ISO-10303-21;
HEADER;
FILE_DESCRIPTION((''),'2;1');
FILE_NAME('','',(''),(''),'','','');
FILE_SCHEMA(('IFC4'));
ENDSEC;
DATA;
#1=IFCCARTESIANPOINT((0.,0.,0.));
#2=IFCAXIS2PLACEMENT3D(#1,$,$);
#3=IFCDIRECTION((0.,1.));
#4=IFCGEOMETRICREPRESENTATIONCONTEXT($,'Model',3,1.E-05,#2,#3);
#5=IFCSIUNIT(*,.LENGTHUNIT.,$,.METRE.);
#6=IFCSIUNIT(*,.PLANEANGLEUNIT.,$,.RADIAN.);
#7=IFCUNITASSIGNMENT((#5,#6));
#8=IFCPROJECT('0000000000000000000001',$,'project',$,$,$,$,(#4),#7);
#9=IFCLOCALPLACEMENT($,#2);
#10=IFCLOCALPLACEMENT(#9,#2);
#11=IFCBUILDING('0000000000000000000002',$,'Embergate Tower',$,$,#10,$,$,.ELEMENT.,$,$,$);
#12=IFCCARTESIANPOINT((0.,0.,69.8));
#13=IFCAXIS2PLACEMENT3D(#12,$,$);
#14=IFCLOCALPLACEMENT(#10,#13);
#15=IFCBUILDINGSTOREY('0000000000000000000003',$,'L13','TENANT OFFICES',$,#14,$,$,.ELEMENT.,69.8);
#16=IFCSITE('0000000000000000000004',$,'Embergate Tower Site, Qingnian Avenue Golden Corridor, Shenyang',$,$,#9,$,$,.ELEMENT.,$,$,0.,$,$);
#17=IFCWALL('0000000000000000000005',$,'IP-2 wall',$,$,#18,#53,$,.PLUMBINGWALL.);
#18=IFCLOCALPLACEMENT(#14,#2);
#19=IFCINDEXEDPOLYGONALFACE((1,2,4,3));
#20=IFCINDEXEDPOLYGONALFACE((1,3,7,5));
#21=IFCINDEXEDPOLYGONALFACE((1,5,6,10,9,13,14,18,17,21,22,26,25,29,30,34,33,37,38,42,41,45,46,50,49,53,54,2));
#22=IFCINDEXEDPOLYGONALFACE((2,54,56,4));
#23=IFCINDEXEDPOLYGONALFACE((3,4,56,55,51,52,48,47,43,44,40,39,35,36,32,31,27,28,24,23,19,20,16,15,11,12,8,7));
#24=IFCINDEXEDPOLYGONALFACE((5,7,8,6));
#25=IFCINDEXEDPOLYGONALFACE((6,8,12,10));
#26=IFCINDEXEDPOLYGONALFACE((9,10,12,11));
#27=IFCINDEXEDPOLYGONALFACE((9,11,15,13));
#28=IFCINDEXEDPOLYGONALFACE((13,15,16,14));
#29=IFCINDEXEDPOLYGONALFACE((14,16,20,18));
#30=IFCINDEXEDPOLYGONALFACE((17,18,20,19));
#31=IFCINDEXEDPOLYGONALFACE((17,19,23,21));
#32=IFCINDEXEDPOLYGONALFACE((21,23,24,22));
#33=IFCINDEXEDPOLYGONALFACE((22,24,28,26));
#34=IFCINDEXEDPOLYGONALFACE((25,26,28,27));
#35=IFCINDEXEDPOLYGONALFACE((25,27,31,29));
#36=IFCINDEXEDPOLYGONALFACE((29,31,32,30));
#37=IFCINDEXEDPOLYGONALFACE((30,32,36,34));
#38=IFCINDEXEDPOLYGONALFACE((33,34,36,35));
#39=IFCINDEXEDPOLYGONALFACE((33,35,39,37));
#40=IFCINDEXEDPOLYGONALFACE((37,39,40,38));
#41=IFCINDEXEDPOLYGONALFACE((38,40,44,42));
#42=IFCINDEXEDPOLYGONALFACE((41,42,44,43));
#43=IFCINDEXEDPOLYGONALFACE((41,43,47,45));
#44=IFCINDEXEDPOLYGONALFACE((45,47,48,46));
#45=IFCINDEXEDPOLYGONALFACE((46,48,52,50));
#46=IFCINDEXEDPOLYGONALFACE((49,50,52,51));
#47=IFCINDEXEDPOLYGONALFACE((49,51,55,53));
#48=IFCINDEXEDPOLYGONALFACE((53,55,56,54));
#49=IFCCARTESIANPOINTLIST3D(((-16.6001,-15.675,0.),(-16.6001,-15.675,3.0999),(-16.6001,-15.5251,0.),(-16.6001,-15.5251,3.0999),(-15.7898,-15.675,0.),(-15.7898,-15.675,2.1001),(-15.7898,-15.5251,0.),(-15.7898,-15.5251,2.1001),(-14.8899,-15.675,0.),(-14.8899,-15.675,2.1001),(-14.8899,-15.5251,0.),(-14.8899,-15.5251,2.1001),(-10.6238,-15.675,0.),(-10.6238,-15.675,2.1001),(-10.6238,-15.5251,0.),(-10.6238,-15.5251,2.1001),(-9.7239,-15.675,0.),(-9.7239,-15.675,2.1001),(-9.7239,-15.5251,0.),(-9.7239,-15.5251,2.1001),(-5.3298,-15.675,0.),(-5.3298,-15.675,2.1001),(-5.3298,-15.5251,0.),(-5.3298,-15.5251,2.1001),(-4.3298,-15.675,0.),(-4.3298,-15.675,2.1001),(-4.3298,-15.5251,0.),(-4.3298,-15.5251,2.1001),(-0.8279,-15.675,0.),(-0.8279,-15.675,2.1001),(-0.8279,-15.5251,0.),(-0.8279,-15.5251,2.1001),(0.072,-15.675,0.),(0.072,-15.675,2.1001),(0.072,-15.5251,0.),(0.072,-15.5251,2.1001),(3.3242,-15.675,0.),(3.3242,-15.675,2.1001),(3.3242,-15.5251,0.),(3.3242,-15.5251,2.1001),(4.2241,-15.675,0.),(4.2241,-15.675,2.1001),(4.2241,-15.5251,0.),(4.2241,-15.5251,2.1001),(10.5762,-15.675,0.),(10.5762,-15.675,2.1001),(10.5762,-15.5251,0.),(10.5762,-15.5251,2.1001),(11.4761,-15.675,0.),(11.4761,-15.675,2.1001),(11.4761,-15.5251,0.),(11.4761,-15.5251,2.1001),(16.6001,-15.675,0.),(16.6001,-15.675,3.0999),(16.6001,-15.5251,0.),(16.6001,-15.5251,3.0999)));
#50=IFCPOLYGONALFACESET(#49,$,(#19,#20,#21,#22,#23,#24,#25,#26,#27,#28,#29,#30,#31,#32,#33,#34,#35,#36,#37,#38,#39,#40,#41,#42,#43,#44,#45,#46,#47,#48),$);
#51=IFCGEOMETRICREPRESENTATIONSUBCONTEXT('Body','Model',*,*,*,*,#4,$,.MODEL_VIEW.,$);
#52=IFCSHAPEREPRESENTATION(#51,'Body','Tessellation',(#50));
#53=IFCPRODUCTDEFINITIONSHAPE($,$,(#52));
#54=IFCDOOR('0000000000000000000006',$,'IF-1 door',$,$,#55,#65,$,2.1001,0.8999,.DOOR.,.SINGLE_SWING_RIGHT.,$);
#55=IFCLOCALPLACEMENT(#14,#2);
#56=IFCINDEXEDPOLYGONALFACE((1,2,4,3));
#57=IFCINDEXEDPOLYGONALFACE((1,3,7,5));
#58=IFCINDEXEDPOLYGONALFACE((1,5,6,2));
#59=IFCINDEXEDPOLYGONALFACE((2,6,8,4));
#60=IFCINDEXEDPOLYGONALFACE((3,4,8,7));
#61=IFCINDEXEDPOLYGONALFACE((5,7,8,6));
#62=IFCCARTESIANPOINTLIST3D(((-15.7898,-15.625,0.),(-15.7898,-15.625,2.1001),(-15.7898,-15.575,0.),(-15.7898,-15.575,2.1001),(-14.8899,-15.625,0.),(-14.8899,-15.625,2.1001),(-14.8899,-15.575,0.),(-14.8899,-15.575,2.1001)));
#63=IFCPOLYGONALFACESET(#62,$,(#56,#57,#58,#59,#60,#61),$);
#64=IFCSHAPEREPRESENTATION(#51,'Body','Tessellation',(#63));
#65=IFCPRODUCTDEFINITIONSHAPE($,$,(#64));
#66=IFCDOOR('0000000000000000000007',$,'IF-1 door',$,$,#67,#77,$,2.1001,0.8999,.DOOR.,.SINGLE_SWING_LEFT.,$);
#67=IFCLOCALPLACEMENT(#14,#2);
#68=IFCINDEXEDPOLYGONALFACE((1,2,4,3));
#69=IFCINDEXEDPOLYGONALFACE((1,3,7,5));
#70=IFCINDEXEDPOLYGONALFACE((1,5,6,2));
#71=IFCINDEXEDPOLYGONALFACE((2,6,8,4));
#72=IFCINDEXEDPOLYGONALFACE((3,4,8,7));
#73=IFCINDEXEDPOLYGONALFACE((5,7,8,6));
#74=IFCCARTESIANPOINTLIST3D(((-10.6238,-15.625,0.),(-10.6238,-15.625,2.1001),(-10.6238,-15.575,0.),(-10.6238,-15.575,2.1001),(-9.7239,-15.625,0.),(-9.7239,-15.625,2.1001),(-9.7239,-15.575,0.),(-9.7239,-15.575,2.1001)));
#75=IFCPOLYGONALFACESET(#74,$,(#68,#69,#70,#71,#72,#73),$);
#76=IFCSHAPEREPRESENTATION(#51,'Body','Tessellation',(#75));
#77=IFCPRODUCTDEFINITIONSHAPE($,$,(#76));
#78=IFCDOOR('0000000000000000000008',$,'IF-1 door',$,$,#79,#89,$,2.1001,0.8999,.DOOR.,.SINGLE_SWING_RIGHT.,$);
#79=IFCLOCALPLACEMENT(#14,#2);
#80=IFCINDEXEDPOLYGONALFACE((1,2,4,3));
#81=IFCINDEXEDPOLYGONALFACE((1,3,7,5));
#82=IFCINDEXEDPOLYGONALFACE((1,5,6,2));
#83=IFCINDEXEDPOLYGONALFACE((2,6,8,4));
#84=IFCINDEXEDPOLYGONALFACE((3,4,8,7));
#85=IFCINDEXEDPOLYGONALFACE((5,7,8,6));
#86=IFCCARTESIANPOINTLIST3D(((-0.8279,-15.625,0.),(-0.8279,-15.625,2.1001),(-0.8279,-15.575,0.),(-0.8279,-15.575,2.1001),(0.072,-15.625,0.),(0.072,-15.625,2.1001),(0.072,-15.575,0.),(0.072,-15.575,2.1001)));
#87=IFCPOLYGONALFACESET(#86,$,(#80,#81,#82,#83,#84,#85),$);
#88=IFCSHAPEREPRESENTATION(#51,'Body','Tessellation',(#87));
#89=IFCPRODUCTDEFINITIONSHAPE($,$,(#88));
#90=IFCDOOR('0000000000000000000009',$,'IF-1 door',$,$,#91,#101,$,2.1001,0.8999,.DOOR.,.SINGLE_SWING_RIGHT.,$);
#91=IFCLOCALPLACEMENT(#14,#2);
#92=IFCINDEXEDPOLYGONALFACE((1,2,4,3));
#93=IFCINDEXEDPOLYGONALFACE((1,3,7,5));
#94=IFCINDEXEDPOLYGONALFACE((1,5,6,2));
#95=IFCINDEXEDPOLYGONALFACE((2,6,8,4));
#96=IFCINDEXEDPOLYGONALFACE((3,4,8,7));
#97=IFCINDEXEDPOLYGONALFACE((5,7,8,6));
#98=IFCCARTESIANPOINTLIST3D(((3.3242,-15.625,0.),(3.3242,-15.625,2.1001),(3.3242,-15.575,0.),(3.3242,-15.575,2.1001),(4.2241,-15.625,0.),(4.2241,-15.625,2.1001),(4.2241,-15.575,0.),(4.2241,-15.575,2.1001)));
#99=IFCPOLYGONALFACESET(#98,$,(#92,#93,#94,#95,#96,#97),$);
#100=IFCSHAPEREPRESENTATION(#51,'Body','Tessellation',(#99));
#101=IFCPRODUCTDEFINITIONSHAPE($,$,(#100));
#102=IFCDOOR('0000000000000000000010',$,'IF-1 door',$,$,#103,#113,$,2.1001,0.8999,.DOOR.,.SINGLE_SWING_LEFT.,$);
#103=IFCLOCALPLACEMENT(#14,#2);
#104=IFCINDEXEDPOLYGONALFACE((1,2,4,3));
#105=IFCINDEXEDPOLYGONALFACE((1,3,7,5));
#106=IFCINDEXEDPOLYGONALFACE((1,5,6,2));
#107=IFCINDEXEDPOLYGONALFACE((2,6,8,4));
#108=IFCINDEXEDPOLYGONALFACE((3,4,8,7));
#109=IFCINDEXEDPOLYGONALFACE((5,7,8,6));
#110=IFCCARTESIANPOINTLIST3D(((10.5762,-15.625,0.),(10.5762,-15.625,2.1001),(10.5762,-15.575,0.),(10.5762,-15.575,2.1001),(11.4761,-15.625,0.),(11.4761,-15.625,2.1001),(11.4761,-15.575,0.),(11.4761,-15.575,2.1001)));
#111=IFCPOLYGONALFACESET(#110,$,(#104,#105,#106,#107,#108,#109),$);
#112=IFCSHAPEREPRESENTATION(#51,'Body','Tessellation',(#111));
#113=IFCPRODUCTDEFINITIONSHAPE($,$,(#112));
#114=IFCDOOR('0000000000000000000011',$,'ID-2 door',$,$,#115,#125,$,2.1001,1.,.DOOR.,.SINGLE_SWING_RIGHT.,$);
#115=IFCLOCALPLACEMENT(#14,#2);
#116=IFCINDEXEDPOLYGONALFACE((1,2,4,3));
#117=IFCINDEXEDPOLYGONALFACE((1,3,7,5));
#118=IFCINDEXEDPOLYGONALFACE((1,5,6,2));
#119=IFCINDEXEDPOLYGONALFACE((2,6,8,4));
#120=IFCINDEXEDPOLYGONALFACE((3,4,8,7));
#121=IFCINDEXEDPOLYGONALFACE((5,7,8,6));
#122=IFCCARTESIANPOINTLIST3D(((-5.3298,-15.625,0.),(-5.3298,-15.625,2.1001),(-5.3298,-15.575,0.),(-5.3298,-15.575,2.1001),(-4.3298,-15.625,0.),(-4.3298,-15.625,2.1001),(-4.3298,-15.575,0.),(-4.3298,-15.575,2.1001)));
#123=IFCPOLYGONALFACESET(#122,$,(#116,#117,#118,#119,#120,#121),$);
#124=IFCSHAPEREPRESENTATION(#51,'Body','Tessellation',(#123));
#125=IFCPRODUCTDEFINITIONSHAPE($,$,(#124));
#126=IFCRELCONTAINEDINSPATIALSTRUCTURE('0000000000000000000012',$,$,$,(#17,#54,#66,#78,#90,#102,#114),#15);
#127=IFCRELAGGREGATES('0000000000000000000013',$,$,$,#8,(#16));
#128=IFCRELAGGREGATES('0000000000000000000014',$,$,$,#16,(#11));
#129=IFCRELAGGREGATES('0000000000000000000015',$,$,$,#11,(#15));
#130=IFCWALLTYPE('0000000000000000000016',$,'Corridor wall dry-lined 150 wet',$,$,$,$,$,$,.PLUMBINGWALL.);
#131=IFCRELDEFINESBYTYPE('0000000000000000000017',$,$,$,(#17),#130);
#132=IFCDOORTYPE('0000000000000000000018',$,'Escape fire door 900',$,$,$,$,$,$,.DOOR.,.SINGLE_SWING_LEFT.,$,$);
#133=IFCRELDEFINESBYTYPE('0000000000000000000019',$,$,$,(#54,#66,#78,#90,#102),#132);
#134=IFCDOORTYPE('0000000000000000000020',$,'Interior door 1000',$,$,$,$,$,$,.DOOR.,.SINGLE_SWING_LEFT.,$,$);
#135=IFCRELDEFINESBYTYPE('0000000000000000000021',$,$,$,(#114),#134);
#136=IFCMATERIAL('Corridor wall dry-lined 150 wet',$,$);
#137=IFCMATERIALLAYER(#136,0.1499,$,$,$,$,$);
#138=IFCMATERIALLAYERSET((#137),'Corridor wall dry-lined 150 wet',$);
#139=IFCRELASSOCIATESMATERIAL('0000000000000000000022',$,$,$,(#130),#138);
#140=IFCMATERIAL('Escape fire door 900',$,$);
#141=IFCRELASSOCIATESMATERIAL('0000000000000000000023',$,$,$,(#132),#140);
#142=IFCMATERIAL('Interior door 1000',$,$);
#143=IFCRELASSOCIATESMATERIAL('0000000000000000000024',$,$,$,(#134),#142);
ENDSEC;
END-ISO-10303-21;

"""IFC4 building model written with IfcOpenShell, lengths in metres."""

from ifc_helpers import new_model, si_unit, direction, frame, frame_2d, origin, place, context, subcontext, project, spatial, rectangle, extrude, source, transform, mapped, material, layer, layer_set, type_object, element, fill, save


model = new_model("IFC4")

# Units and contexts
model_context = context("Model", 3, precision=1e-05, world=origin(), true_north=direction((0.0, 1.0)))
body_context = subcontext(model_context, "Body", "Model", "MODEL_VIEW")
ifc_project = project(units=[si_unit("LENGTHUNIT", "METRE"), si_unit("PLANEANGLEUNIT", "RADIAN")], contexts=[model_context])

# Site, building, storey
site_placement = place(None, origin())
site = spatial("IfcSite", under=ifc_project, at=site_placement, Name="Embergate Tower Site, Qingnian Avenue Golden Corridor, Shenyang", CompositionType="ELEMENT", RefElevation=0.0)
building_placement = place(site_placement, origin())
building = spatial("IfcBuilding", under=site, at=building_placement, Name="Embergate Tower", CompositionType="ELEMENT")
storey_placement = place(building_placement, frame((0.0, 0.0, 69.8)))
storey = spatial("IfcBuildingStorey", under=building, at=storey_placement, Name="L13", Description="TENANT OFFICES", CompositionType="ELEMENT", Elevation=69.8)

# Wall, openings, doors
ifc_material_1 = material(Name="Corridor wall dry-lined 150 wet")
ifc_layer_1 = layer(ifc_material_1, 0.1499)
ifc_layer_set_1 = layer_set([ifc_layer_1], Name="Corridor wall dry-lined 150 wet")
wall_type_1 = type_object("IfcWallType", Name="Corridor wall dry-lined 150 wet", PredefinedType="PLUMBINGWALL", material=ifc_layer_set_1)
shared_shape_1 = source(origin(), body_context, "Body", "SweptSolid", [
    extrude(rectangle(XDim=33.2002, YDim=0.1499, at=frame_2d((16.6001, 0.0))), origin(), (0.0, 0.0, 1.0), 3.0999),
])
wall_1_placement = place(storey_placement, frame((16.6001, -15.6001, 0.0), z_axis=(0.0, 0.0, 1.0), x_axis=(-1.0, 0.0, 0.0)))
wall_1 = element("IfcWall", 1, at=wall_1_placement, inside=storey, type_object=wall_type_1, Name="IP-2 wall", PredefinedType="PLUMBINGWALL", context=body_context, shape_type="MappedRepresentation", body=[
    mapped(shared_shape_1, transform((0.0, 0.0, 0.0))),
])
shared_shape_2 = source(origin(), body_context, "Body", "SweptSolid", [
    extrude(rectangle(XDim=0.8999, YDim=2.1001, at=frame_2d((0.45, 1.05))), frame((0.0, 0.085, 0.0), z_axis=(0.0, -1.0, 0.0), x_axis=(1.0, 0.0, 0.0)), (0.0, 0.0, 1.0), 0.1699),
])
opening_1_placement = place(wall_1_placement, frame((31.49, 0.0, 0.0)))
opening_1 = element("IfcOpeningElement", 2, at=opening_1_placement, cuts=wall_1, PredefinedType="OPENING", context=body_context, shape_type="MappedRepresentation", body=[
    mapped(shared_shape_2, transform((0.0, 0.0, 0.0))),
])
opening_2_placement = place(wall_1_placement, frame((26.324, 0.0, 0.0)))
opening_2 = element("IfcOpeningElement", 3, at=opening_2_placement, cuts=wall_1, PredefinedType="OPENING", context=body_context, shape_type="MappedRepresentation", body=[
    mapped(shared_shape_2, transform((0.0, 0.0, 0.0))),
])
shared_shape_3 = source(origin(), body_context, "Body", "SweptSolid", [
    extrude(rectangle(XDim=1.0, YDim=2.1001, at=frame_2d((0.5, 1.05))), frame((0.0, 0.085, 0.0), z_axis=(0.0, -1.0, 0.0), x_axis=(1.0, 0.0, 0.0)), (0.0, 0.0, 1.0), 0.1699),
])
opening_3_placement = place(wall_1_placement, frame((20.9299, 0.0, 0.0)))
opening_3 = element("IfcOpeningElement", 4, at=opening_3_placement, cuts=wall_1, PredefinedType="OPENING", context=body_context, shape_type="MappedRepresentation", body=[
    mapped(shared_shape_3, transform((0.0, 0.0, 0.0))),
])
opening_4_placement = place(wall_1_placement, frame((16.5281, 0.0, 0.0)))
opening_4 = element("IfcOpeningElement", 5, at=opening_4_placement, cuts=wall_1, PredefinedType="OPENING", context=body_context, shape_type="MappedRepresentation", body=[
    mapped(shared_shape_2, transform((0.0, 0.0, 0.0))),
])
opening_5_placement = place(wall_1_placement, frame((12.376, 0.0, 0.0)))
opening_5 = element("IfcOpeningElement", 6, at=opening_5_placement, cuts=wall_1, PredefinedType="OPENING", context=body_context, shape_type="MappedRepresentation", body=[
    mapped(shared_shape_2, transform((0.0, 0.0, 0.0))),
])
opening_6_placement = place(wall_1_placement, frame((5.124, 0.0, 0.0)))
opening_6 = element("IfcOpeningElement", 7, at=opening_6_placement, cuts=wall_1, PredefinedType="OPENING", context=body_context, shape_type="MappedRepresentation", body=[
    mapped(shared_shape_2, transform((0.0, 0.0, 0.0))),
])
ifc_material_2 = material(Name="Escape fire door 900")
door_type_1 = type_object("IfcDoorType", Name="Escape fire door 900", OperationType="SINGLE_SWING_LEFT", PredefinedType="DOOR", material=ifc_material_2)
shared_shape_4 = source(origin(), body_context, "Body", "SweptSolid", [
    extrude(rectangle(XDim=0.8999, YDim=2.1001, at=frame_2d((0.45, 1.05))), frame((0.0, 0.0249, 0.0), z_axis=(0.0, -1.0, 0.0), x_axis=(1.0, 0.0, 0.0)), (0.0, 0.0, 1.0), 0.05),
])
door_1_placement = place(opening_1_placement, origin())
door_1 = element("IfcDoor", 8, at=door_1_placement, inside=storey, type_object=door_type_1, Name="IF-1 door", OperationType="SINGLE_SWING_RIGHT", OverallHeight=2.1001, OverallWidth=0.8999, PredefinedType="DOOR", context=body_context, shape_type="MappedRepresentation", body=[
    mapped(shared_shape_4, transform((0.0, 0.0, 0.0))),
])
fill(opening_1, door_1)
door_2_placement = place(opening_2_placement, origin())
door_2 = element("IfcDoor", 9, at=door_2_placement, inside=storey, type_object=door_type_1, Name="IF-1 door", OperationType="SINGLE_SWING_LEFT", OverallHeight=2.1001, OverallWidth=0.8999, PredefinedType="DOOR", context=body_context, shape_type="MappedRepresentation", body=[
    mapped(shared_shape_4, transform((0.0, 0.0, 0.0))),
])
fill(opening_2, door_2)
door_3_placement = place(opening_4_placement, origin())
door_3 = element("IfcDoor", 10, at=door_3_placement, inside=storey, type_object=door_type_1, Name="IF-1 door", OperationType="SINGLE_SWING_RIGHT", OverallHeight=2.1001, OverallWidth=0.8999, PredefinedType="DOOR", context=body_context, shape_type="MappedRepresentation", body=[
    mapped(shared_shape_4, transform((0.0, 0.0, 0.0))),
])
fill(opening_4, door_3)
door_4_placement = place(opening_5_placement, origin())
door_4 = element("IfcDoor", 11, at=door_4_placement, inside=storey, type_object=door_type_1, Name="IF-1 door", OperationType="SINGLE_SWING_RIGHT", OverallHeight=2.1001, OverallWidth=0.8999, PredefinedType="DOOR", context=body_context, shape_type="MappedRepresentation", body=[
    mapped(shared_shape_4, transform((0.0, 0.0, 0.0))),
])
fill(opening_5, door_4)
door_5_placement = place(opening_6_placement, origin())
door_5 = element("IfcDoor", 12, at=door_5_placement, inside=storey, type_object=door_type_1, Name="IF-1 door", OperationType="SINGLE_SWING_LEFT", OverallHeight=2.1001, OverallWidth=0.8999, PredefinedType="DOOR", context=body_context, shape_type="MappedRepresentation", body=[
    mapped(shared_shape_4, transform((0.0, 0.0, 0.0))),
])
fill(opening_6, door_5)
ifc_material_3 = material(Name="Interior door 1000")
door_type_2 = type_object("IfcDoorType", Name="Interior door 1000", OperationType="SINGLE_SWING_LEFT", PredefinedType="DOOR", material=ifc_material_3)
shared_shape_5 = source(origin(), body_context, "Body", "SweptSolid", [
    extrude(rectangle(XDim=1.0, YDim=2.1001, at=frame_2d((0.5, 1.05))), frame((0.0, 0.0249, 0.0), z_axis=(0.0, -1.0, 0.0), x_axis=(1.0, 0.0, 0.0)), (0.0, 0.0, 1.0), 0.05),
])
door_6_placement = place(opening_3_placement, origin())
door_6 = element("IfcDoor", 13, at=door_6_placement, inside=storey, type_object=door_type_2, Name="ID-2 door", OperationType="SINGLE_SWING_RIGHT", OverallHeight=2.1001, OverallWidth=1.0, PredefinedType="DOOR", context=body_context, shape_type="MappedRepresentation", body=[
    mapped(shared_shape_5, transform((0.0, 0.0, 0.0))),
])
fill(opening_3, door_6)

save(model, "model.ifc")
